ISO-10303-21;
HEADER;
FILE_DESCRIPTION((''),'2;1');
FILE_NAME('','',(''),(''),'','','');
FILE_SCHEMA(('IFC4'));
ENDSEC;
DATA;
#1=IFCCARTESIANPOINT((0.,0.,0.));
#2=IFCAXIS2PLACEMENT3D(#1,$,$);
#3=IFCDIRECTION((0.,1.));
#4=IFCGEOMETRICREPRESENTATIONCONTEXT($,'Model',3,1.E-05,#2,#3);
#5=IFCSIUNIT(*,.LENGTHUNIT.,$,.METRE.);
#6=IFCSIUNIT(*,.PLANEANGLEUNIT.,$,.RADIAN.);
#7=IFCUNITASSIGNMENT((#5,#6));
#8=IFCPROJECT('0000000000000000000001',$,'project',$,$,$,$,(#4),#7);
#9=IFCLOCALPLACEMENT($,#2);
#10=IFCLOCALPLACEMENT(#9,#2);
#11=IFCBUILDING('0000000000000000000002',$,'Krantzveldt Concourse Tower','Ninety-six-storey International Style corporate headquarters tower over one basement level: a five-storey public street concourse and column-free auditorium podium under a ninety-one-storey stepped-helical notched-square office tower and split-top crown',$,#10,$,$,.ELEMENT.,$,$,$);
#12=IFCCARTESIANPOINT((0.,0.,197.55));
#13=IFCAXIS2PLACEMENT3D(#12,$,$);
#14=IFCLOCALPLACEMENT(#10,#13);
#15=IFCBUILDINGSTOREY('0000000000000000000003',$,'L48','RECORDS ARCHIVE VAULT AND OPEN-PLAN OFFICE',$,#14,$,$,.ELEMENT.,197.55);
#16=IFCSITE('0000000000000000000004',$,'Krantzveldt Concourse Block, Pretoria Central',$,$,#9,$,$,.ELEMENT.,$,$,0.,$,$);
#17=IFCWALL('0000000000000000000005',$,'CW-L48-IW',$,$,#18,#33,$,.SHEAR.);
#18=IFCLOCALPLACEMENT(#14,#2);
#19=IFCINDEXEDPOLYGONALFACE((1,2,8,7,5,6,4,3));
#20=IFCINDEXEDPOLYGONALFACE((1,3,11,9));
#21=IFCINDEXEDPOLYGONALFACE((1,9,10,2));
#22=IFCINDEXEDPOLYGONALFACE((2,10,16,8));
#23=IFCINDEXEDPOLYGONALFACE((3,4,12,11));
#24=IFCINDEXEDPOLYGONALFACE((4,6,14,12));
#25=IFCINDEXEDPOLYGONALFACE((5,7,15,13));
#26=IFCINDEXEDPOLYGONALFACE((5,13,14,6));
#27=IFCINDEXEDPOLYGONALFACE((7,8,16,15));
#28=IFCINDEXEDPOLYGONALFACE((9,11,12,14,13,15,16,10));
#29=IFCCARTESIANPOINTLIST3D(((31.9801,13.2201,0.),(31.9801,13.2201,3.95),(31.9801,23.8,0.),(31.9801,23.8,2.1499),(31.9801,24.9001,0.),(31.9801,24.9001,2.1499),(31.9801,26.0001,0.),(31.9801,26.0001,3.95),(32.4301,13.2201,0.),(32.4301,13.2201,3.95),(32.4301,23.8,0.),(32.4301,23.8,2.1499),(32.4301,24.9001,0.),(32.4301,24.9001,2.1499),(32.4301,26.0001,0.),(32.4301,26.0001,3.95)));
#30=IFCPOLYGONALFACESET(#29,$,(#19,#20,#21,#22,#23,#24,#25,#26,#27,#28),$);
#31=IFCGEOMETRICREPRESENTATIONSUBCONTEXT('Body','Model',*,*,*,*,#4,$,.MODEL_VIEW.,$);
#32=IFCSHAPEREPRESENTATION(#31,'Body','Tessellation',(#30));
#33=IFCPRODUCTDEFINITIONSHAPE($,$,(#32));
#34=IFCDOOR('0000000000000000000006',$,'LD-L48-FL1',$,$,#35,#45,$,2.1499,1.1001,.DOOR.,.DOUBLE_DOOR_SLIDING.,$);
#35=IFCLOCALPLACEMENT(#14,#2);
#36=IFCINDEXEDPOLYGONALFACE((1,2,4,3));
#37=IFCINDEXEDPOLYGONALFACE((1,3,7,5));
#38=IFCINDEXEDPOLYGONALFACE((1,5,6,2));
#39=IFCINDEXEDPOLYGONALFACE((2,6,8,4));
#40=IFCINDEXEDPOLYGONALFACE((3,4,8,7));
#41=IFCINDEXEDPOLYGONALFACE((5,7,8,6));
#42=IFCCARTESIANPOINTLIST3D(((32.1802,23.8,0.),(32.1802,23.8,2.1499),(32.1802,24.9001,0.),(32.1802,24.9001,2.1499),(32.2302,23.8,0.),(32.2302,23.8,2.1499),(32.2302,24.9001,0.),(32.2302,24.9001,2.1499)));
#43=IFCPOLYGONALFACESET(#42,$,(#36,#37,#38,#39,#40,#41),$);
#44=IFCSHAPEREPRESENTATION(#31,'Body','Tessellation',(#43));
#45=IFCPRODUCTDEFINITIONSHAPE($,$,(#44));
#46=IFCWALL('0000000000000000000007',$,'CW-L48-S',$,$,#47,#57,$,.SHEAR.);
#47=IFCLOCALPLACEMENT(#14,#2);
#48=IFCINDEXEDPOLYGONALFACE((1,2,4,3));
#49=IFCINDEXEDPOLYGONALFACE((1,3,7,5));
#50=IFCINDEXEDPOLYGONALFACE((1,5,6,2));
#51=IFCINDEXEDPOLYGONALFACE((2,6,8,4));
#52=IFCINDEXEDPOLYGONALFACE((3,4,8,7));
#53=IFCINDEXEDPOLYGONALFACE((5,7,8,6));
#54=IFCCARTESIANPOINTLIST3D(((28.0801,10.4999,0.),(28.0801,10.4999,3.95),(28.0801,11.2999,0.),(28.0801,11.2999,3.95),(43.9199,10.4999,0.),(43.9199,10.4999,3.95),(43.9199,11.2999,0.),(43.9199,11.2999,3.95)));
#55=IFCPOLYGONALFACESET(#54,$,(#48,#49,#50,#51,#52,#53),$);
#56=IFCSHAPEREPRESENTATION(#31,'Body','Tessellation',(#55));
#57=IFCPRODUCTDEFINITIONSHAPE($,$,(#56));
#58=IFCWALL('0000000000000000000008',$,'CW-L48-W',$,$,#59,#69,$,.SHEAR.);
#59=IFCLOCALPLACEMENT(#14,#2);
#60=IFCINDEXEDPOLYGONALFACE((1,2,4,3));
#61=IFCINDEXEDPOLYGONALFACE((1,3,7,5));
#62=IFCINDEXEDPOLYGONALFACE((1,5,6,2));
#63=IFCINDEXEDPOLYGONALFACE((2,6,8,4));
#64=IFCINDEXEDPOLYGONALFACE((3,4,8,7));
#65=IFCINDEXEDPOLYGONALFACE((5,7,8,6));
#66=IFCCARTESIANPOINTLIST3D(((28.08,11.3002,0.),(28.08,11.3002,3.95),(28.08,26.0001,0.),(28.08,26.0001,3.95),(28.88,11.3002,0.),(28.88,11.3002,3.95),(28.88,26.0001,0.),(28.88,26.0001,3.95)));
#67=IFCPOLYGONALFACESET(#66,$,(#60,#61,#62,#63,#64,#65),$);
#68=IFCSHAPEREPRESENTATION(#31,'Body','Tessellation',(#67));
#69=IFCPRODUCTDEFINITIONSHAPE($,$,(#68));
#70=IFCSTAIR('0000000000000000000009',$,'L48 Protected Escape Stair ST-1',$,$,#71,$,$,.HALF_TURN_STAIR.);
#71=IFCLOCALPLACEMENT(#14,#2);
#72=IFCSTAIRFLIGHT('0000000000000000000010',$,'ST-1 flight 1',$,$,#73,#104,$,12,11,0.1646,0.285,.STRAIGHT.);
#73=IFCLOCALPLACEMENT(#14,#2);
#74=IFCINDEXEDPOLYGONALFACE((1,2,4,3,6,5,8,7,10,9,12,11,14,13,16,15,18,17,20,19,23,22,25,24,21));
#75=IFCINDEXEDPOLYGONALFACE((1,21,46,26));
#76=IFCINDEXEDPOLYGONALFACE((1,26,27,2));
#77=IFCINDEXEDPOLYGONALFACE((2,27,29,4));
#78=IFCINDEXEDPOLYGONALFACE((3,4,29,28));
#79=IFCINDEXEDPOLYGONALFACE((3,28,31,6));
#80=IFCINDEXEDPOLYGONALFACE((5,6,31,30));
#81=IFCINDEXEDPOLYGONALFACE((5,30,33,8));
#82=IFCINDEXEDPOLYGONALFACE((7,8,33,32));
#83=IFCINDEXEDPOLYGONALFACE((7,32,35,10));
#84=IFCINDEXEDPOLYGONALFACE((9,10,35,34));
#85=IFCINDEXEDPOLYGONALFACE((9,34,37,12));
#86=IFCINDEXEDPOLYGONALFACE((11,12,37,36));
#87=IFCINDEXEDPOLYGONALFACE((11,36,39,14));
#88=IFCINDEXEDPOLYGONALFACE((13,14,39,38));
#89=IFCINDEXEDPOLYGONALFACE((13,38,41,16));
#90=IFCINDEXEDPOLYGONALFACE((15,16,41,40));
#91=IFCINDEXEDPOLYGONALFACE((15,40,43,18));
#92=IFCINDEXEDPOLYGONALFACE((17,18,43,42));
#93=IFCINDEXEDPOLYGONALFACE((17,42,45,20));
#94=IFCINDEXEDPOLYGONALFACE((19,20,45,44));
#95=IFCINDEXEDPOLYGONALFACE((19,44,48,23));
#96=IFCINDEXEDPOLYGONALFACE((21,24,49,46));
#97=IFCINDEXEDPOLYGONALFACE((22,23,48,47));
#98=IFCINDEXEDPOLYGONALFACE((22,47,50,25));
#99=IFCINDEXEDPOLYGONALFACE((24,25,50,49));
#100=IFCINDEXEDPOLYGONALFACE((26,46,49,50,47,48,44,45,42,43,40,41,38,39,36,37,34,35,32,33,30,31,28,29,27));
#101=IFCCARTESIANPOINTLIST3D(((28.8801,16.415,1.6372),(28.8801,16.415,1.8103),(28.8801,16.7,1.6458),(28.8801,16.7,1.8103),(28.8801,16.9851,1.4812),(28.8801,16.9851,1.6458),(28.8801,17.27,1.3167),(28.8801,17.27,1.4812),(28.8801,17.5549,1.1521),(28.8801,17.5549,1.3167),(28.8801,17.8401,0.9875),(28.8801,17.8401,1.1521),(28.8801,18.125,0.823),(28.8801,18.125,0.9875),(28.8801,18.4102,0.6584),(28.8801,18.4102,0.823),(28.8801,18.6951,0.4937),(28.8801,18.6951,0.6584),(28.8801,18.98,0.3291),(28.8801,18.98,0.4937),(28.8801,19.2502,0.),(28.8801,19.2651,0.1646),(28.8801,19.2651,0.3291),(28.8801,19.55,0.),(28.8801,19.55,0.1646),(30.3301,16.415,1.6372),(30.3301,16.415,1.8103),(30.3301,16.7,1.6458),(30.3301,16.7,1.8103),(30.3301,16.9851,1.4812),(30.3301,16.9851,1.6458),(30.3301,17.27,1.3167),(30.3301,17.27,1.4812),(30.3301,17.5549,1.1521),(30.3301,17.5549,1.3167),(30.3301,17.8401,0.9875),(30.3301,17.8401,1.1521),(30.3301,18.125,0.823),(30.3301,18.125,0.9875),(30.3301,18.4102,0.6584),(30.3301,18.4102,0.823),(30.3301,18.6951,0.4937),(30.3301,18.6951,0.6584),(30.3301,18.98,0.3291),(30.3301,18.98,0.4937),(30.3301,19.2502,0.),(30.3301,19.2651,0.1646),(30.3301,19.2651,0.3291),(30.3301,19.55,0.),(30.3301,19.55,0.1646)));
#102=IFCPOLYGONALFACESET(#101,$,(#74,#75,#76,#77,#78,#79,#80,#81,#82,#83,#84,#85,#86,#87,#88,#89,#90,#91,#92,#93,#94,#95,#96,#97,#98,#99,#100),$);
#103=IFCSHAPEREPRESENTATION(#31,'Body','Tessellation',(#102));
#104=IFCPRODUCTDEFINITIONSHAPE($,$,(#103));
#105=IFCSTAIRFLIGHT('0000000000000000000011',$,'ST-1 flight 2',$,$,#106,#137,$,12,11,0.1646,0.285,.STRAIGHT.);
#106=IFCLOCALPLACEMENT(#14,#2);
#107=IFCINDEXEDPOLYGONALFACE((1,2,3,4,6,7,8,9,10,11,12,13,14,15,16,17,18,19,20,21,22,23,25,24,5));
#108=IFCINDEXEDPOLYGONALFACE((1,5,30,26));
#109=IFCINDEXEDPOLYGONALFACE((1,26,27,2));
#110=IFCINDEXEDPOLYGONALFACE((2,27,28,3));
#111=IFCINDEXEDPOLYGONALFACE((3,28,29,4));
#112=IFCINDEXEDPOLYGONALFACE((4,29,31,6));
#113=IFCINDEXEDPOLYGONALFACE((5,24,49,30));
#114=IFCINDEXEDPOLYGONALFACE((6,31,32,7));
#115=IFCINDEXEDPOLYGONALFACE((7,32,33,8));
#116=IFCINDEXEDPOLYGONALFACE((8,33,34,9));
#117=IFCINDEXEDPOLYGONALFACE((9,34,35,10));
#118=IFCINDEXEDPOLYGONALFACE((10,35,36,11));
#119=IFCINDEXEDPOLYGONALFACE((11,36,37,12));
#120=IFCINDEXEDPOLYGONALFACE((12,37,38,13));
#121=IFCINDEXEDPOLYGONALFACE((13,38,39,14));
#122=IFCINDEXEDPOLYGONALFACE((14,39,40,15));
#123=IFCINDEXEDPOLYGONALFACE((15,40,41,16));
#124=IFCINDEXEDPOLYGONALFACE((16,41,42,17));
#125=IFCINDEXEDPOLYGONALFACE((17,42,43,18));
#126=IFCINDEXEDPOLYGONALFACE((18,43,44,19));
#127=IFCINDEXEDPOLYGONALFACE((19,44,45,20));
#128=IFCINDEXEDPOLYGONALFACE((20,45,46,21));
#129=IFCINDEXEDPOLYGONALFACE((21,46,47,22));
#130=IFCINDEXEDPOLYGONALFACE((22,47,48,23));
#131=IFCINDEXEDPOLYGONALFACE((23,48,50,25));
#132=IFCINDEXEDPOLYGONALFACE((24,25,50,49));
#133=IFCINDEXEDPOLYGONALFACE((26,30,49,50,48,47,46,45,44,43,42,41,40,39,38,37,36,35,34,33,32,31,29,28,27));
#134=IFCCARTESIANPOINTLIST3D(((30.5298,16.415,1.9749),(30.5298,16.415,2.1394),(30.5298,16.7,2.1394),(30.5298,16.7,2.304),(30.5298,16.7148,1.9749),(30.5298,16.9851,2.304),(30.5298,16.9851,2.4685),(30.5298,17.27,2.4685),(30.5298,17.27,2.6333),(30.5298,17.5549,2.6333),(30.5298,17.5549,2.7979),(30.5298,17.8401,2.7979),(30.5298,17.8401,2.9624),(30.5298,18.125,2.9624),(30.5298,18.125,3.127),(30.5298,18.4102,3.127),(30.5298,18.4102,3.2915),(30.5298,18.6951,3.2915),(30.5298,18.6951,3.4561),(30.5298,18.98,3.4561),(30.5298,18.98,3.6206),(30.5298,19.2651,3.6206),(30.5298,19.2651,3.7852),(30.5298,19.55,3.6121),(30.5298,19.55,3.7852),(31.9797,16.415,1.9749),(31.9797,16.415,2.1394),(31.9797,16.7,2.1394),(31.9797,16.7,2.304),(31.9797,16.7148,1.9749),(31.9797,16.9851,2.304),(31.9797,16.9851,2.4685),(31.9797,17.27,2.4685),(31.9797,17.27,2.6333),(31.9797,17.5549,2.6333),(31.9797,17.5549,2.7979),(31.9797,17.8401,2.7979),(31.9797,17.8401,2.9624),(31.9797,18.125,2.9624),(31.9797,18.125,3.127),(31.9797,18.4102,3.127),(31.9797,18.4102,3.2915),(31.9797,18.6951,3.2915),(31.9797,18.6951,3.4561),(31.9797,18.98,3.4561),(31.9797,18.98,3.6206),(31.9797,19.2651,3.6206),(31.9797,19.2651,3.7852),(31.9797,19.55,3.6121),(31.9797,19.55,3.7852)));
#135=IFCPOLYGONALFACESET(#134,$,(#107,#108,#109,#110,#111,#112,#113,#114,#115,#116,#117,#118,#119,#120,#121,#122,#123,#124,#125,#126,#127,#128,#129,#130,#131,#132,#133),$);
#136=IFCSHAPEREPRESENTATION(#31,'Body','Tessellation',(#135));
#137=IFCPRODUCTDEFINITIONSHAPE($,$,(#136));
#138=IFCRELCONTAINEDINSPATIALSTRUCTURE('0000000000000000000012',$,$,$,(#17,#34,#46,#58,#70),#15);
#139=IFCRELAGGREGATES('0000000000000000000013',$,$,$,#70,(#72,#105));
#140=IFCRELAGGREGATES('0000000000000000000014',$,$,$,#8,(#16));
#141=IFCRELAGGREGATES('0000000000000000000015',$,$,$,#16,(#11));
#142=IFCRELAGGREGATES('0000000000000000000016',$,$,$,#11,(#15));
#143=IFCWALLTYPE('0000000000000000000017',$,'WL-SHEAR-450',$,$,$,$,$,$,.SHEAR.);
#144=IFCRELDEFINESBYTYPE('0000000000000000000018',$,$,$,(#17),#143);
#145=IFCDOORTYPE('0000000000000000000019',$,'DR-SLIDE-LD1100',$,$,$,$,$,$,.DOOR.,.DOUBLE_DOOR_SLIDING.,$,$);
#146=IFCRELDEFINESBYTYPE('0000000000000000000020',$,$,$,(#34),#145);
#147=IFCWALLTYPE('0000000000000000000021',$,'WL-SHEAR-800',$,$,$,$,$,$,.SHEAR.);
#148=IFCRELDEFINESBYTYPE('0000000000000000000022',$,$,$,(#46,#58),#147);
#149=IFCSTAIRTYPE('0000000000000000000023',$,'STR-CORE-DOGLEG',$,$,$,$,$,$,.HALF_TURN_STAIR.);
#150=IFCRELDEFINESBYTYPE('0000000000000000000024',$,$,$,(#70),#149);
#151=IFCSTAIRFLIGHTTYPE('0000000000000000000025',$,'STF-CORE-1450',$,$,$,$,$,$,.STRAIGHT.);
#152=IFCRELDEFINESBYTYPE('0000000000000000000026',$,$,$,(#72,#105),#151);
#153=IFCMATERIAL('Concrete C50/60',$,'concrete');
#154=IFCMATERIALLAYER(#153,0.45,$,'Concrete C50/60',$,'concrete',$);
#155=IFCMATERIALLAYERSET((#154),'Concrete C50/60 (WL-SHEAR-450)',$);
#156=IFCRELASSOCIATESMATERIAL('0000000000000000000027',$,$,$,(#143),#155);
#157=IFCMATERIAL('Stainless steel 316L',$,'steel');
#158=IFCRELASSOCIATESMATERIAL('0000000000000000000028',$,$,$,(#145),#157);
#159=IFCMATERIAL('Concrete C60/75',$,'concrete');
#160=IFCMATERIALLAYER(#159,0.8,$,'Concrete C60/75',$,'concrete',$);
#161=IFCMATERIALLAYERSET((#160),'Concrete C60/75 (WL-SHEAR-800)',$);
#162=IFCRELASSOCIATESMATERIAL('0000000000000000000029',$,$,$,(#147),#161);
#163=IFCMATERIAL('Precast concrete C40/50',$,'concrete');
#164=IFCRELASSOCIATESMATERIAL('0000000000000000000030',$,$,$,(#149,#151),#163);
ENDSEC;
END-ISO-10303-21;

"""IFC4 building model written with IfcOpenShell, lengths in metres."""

from ifc_helpers import new_model, si_unit, direction, frame, frame_2d, origin, place, context, subcontext, project, spatial, polyline, rectangle, outline, extrude, material, layer, layer_set, type_object, element, fill, aggregate, save


model = new_model("IFC4")

# Units and contexts
model_context = context("Model", 3, precision=1e-05, world=origin(), true_north=direction((0.0, 1.0)))
body_context = subcontext(model_context, "Body", "Model", "MODEL_VIEW")
ifc_project = project(units=[si_unit("LENGTHUNIT", "METRE"), si_unit("PLANEANGLEUNIT", "RADIAN")], contexts=[model_context])

# Site, building, storey
site_placement = place(None, origin())
site = spatial("IfcSite", under=ifc_project, at=site_placement, Name="Krantzveldt Concourse Block, Pretoria Central", CompositionType="ELEMENT", RefElevation=0.0)
building_placement = place(site_placement, origin())
building = spatial("IfcBuilding", under=site, at=building_placement, Name="Krantzveldt Concourse Tower", Description="Ninety-six-storey International Style corporate headquarters tower over one basement level: a five-storey public street concourse and column-free auditorium podium under a ninety-one-storey stepped-helical notched-square office tower and split-top crown", CompositionType="ELEMENT")
storey_placement = place(building_placement, frame((0.0, 0.0, 197.55)))
storey = spatial("IfcBuildingStorey", under=building, at=storey_placement, Name="L48", Description="RECORDS ARCHIVE VAULT AND OPEN-PLAN OFFICE", CompositionType="ELEMENT", Elevation=197.55)

# Shared definitions
ifc_material_1 = material(Name="Concrete C50/60", Category="concrete")

# Wall, opening, door
ifc_layer_1 = layer(ifc_material_1, 0.45, Name="Concrete C50/60", Category="concrete")
ifc_layer_set_1 = layer_set([ifc_layer_1], Name="Concrete C50/60 (WL-SHEAR-450)")
wall_type_1 = type_object("IfcWallType", Name="WL-SHEAR-450", PredefinedType="SHEAR", material=ifc_layer_set_1)
wall_1_placement = place(storey_placement, frame((32.2051, 13.22, 0.0), z_axis=(0.0, 0.0, 1.0), x_axis=(0.0, 1.0, 0.0)))
wall_1 = element("IfcWall", 1, at=wall_1_placement, inside=storey, type_object=wall_type_1, Name="CW-L48-IW", PredefinedType="SHEAR", context=body_context, shape_type="SweptSolid", body=[
    extrude(rectangle(XDim=12.78, YDim=0.45, at=frame_2d((6.3901, 0.0))), origin(), (0.0, 0.0, 1.0), 3.95),
])
opening_1_placement = place(wall_1_placement, frame((10.5801, 0.0, 0.0)))
opening_1 = element("IfcOpeningElement", 2, at=opening_1_placement, cuts=wall_1, PredefinedType="OPENING", context=body_context, shape_type="SweptSolid", body=[
    extrude(rectangle(XDim=1.1001, YDim=2.1499, at=frame_2d((0.55, 1.075))), frame((0.0, 0.2349, 0.0), z_axis=(0.0, -1.0, 0.0), x_axis=(1.0, 0.0, 0.0)), (0.0, 0.0, 1.0), 0.47),
])
ifc_material_2 = material(Name="Stainless steel 316L", Category="steel")
door_type_1 = type_object("IfcDoorType", Name="DR-SLIDE-LD1100", OperationType="DOUBLE_DOOR_SLIDING", PredefinedType="DOOR", material=ifc_material_2)
door_1_placement = place(opening_1_placement, origin())
door_1 = element("IfcDoor", 3, at=door_1_placement, inside=storey, type_object=door_type_1, Name="LD-L48-FL1", OperationType="DOUBLE_DOOR_SLIDING", OverallHeight=2.1499, OverallWidth=1.1001, PredefinedType="DOOR", context=body_context, shape_type="SweptSolid", body=[
    extrude(rectangle(XDim=1.1001, YDim=2.1499, at=frame_2d((0.55, 1.075))), frame((0.0, 0.0249, 0.0), z_axis=(0.0, -1.0, 0.0), x_axis=(1.0, 0.0, 0.0)), (0.0, 0.0, 1.0), 0.05),
])
fill(opening_1, door_1)

# Walls
ifc_material_3 = material(Name="Concrete C60/75", Category="concrete")
ifc_layer_2 = layer(ifc_material_3, 0.8, Name="Concrete C60/75", Category="concrete")
ifc_layer_set_2 = layer_set([ifc_layer_2], Name="Concrete C60/75 (WL-SHEAR-800)")
wall_type_2 = type_object("IfcWallType", Name="WL-SHEAR-800", PredefinedType="SHEAR", material=ifc_layer_set_2)
wall_2_placement = place(storey_placement, frame((28.0801, 10.8999, 0.0), z_axis=(0.0, 0.0, 1.0), x_axis=(1.0, 0.0, 0.0)))
element("IfcWall", 4, at=wall_2_placement, inside=storey, type_object=wall_type_2, Name="CW-L48-S", PredefinedType="SHEAR", context=body_context, shape_type="SweptSolid", body=[
    extrude(rectangle(XDim=15.8398, YDim=0.8, at=frame_2d((7.9199, 0.0))), origin(), (0.0, 0.0, 1.0), 3.95),
])
wall_3_placement = place(storey_placement, frame((28.48, 11.3, 0.0), z_axis=(0.0, 0.0, 1.0), x_axis=(0.0, 1.0, 0.0)))
element("IfcWall", 5, at=wall_3_placement, inside=storey, type_object=wall_type_2, Name="CW-L48-W", PredefinedType="SHEAR", context=body_context, shape_type="SweptSolid", body=[
    extrude(rectangle(XDim=14.7, YDim=0.8, at=frame_2d((7.3501, 0.0))), origin(), (0.0, 0.0, 1.0), 3.95),
])

# Stair, stair flights
ifc_material_4 = material(Name="Precast concrete C40/50", Category="concrete")
stair_type = type_object("IfcStairType", Name="STR-CORE-DOGLEG", PredefinedType="HALF_TURN_STAIR", material=ifc_material_4)
stair_placement = place(storey_placement, origin())
stair = element("IfcStair", 6, at=stair_placement, inside=storey, type_object=stair_type, Name="L48 Protected Escape Stair ST-1", PredefinedType="HALF_TURN_STAIR")
stair_flight_type = type_object("IfcStairFlightType", Name="STF-CORE-1450", PredefinedType="STRAIGHT", material=ifc_material_4)
stair_flight_1_placement = place(storey_placement, frame((29.605, 19.55, 0.0), z_axis=(0.0, 0.0, 1.0), x_axis=(0.0, -1.0, 0.0)))
stair_flight_1 = element("IfcStairFlight", 7, at=stair_flight_1_placement, type_object=stair_flight_type, Name="ST-1 flight 1", NumberOfRisers=12, NumberOfTreads=11, PredefinedType="STRAIGHT", RiserHeight=0.1646, TreadLength=0.285, context=body_context, shape_type="SweptSolid", body=[
    extrude(outline(polyline([(0.0, 0.0), (0.0, 0.1646), (0.2849, 0.1646), (0.2849, 0.3291), (0.5701, 0.3291), (0.5701, 0.4937), (0.855, 0.4937), (0.855, 0.6584), (1.1399, 0.6584), (1.1399, 0.823), (1.425, 0.823), (1.425, 0.9875), (1.71, 0.9875), (1.71, 1.1521), (1.9951, 1.1521), (1.9951, 1.3167), (2.28, 1.3167), (2.28, 1.4812), (2.5649, 1.4812), (2.5649, 1.6458), (2.8501, 1.6458), (2.8501, 1.8103), (3.135, 1.8103), (3.135, 1.9751), (3.135, 1.6372), (0.2998, 0.0), (0.0, 0.0)])), frame((0.0, 0.7251, 0.0), z_axis=(0.0, -1.0, 0.0), x_axis=(1.0, 0.0, 0.0)), (0.0, 0.0, 1.0), 1.45),
])
stair_flight_2_placement = place(storey_placement, frame((31.2549, 16.415, 1.9749), z_axis=(0.0, 0.0, 1.0), x_axis=(0.0, 1.0, 0.0)))
stair_flight_2 = element("IfcStairFlight", 8, at=stair_flight_2_placement, type_object=stair_flight_type, Name="ST-1 flight 2", NumberOfRisers=12, NumberOfTreads=11, PredefinedType="STRAIGHT", RiserHeight=0.1646, TreadLength=0.285, context=body_context, shape_type="SweptSolid", body=[
    extrude(outline(polyline([(0.0, 0.0), (0.0, 0.1646), (0.2849, 0.1646), (0.2849, 0.3291), (0.5701, 0.3291), (0.5701, 0.4937), (0.855, 0.4937), (0.855, 0.6584), (1.1399, 0.6584), (1.1399, 0.823), (1.425, 0.823), (1.425, 0.9875), (1.71, 0.9875), (1.71, 1.1521), (1.9951, 1.1521), (1.9951, 1.3167), (2.28, 1.3167), (2.28, 1.4812), (2.5649, 1.4812), (2.5649, 1.6458), (2.8501, 1.6458), (2.8501, 1.8103), (3.135, 1.8103), (3.135, 1.9751), (3.135, 1.6372), (0.2998, 0.0), (0.0, 0.0)])), frame((0.0, 0.7251, 0.0), z_axis=(0.0, -1.0, 0.0), x_axis=(1.0, 0.0, 0.0)), (0.0, 0.0, 1.0), 1.45),
])
aggregate(stair, [stair_flight_1, stair_flight_2])

save(model, "model.ifc")
